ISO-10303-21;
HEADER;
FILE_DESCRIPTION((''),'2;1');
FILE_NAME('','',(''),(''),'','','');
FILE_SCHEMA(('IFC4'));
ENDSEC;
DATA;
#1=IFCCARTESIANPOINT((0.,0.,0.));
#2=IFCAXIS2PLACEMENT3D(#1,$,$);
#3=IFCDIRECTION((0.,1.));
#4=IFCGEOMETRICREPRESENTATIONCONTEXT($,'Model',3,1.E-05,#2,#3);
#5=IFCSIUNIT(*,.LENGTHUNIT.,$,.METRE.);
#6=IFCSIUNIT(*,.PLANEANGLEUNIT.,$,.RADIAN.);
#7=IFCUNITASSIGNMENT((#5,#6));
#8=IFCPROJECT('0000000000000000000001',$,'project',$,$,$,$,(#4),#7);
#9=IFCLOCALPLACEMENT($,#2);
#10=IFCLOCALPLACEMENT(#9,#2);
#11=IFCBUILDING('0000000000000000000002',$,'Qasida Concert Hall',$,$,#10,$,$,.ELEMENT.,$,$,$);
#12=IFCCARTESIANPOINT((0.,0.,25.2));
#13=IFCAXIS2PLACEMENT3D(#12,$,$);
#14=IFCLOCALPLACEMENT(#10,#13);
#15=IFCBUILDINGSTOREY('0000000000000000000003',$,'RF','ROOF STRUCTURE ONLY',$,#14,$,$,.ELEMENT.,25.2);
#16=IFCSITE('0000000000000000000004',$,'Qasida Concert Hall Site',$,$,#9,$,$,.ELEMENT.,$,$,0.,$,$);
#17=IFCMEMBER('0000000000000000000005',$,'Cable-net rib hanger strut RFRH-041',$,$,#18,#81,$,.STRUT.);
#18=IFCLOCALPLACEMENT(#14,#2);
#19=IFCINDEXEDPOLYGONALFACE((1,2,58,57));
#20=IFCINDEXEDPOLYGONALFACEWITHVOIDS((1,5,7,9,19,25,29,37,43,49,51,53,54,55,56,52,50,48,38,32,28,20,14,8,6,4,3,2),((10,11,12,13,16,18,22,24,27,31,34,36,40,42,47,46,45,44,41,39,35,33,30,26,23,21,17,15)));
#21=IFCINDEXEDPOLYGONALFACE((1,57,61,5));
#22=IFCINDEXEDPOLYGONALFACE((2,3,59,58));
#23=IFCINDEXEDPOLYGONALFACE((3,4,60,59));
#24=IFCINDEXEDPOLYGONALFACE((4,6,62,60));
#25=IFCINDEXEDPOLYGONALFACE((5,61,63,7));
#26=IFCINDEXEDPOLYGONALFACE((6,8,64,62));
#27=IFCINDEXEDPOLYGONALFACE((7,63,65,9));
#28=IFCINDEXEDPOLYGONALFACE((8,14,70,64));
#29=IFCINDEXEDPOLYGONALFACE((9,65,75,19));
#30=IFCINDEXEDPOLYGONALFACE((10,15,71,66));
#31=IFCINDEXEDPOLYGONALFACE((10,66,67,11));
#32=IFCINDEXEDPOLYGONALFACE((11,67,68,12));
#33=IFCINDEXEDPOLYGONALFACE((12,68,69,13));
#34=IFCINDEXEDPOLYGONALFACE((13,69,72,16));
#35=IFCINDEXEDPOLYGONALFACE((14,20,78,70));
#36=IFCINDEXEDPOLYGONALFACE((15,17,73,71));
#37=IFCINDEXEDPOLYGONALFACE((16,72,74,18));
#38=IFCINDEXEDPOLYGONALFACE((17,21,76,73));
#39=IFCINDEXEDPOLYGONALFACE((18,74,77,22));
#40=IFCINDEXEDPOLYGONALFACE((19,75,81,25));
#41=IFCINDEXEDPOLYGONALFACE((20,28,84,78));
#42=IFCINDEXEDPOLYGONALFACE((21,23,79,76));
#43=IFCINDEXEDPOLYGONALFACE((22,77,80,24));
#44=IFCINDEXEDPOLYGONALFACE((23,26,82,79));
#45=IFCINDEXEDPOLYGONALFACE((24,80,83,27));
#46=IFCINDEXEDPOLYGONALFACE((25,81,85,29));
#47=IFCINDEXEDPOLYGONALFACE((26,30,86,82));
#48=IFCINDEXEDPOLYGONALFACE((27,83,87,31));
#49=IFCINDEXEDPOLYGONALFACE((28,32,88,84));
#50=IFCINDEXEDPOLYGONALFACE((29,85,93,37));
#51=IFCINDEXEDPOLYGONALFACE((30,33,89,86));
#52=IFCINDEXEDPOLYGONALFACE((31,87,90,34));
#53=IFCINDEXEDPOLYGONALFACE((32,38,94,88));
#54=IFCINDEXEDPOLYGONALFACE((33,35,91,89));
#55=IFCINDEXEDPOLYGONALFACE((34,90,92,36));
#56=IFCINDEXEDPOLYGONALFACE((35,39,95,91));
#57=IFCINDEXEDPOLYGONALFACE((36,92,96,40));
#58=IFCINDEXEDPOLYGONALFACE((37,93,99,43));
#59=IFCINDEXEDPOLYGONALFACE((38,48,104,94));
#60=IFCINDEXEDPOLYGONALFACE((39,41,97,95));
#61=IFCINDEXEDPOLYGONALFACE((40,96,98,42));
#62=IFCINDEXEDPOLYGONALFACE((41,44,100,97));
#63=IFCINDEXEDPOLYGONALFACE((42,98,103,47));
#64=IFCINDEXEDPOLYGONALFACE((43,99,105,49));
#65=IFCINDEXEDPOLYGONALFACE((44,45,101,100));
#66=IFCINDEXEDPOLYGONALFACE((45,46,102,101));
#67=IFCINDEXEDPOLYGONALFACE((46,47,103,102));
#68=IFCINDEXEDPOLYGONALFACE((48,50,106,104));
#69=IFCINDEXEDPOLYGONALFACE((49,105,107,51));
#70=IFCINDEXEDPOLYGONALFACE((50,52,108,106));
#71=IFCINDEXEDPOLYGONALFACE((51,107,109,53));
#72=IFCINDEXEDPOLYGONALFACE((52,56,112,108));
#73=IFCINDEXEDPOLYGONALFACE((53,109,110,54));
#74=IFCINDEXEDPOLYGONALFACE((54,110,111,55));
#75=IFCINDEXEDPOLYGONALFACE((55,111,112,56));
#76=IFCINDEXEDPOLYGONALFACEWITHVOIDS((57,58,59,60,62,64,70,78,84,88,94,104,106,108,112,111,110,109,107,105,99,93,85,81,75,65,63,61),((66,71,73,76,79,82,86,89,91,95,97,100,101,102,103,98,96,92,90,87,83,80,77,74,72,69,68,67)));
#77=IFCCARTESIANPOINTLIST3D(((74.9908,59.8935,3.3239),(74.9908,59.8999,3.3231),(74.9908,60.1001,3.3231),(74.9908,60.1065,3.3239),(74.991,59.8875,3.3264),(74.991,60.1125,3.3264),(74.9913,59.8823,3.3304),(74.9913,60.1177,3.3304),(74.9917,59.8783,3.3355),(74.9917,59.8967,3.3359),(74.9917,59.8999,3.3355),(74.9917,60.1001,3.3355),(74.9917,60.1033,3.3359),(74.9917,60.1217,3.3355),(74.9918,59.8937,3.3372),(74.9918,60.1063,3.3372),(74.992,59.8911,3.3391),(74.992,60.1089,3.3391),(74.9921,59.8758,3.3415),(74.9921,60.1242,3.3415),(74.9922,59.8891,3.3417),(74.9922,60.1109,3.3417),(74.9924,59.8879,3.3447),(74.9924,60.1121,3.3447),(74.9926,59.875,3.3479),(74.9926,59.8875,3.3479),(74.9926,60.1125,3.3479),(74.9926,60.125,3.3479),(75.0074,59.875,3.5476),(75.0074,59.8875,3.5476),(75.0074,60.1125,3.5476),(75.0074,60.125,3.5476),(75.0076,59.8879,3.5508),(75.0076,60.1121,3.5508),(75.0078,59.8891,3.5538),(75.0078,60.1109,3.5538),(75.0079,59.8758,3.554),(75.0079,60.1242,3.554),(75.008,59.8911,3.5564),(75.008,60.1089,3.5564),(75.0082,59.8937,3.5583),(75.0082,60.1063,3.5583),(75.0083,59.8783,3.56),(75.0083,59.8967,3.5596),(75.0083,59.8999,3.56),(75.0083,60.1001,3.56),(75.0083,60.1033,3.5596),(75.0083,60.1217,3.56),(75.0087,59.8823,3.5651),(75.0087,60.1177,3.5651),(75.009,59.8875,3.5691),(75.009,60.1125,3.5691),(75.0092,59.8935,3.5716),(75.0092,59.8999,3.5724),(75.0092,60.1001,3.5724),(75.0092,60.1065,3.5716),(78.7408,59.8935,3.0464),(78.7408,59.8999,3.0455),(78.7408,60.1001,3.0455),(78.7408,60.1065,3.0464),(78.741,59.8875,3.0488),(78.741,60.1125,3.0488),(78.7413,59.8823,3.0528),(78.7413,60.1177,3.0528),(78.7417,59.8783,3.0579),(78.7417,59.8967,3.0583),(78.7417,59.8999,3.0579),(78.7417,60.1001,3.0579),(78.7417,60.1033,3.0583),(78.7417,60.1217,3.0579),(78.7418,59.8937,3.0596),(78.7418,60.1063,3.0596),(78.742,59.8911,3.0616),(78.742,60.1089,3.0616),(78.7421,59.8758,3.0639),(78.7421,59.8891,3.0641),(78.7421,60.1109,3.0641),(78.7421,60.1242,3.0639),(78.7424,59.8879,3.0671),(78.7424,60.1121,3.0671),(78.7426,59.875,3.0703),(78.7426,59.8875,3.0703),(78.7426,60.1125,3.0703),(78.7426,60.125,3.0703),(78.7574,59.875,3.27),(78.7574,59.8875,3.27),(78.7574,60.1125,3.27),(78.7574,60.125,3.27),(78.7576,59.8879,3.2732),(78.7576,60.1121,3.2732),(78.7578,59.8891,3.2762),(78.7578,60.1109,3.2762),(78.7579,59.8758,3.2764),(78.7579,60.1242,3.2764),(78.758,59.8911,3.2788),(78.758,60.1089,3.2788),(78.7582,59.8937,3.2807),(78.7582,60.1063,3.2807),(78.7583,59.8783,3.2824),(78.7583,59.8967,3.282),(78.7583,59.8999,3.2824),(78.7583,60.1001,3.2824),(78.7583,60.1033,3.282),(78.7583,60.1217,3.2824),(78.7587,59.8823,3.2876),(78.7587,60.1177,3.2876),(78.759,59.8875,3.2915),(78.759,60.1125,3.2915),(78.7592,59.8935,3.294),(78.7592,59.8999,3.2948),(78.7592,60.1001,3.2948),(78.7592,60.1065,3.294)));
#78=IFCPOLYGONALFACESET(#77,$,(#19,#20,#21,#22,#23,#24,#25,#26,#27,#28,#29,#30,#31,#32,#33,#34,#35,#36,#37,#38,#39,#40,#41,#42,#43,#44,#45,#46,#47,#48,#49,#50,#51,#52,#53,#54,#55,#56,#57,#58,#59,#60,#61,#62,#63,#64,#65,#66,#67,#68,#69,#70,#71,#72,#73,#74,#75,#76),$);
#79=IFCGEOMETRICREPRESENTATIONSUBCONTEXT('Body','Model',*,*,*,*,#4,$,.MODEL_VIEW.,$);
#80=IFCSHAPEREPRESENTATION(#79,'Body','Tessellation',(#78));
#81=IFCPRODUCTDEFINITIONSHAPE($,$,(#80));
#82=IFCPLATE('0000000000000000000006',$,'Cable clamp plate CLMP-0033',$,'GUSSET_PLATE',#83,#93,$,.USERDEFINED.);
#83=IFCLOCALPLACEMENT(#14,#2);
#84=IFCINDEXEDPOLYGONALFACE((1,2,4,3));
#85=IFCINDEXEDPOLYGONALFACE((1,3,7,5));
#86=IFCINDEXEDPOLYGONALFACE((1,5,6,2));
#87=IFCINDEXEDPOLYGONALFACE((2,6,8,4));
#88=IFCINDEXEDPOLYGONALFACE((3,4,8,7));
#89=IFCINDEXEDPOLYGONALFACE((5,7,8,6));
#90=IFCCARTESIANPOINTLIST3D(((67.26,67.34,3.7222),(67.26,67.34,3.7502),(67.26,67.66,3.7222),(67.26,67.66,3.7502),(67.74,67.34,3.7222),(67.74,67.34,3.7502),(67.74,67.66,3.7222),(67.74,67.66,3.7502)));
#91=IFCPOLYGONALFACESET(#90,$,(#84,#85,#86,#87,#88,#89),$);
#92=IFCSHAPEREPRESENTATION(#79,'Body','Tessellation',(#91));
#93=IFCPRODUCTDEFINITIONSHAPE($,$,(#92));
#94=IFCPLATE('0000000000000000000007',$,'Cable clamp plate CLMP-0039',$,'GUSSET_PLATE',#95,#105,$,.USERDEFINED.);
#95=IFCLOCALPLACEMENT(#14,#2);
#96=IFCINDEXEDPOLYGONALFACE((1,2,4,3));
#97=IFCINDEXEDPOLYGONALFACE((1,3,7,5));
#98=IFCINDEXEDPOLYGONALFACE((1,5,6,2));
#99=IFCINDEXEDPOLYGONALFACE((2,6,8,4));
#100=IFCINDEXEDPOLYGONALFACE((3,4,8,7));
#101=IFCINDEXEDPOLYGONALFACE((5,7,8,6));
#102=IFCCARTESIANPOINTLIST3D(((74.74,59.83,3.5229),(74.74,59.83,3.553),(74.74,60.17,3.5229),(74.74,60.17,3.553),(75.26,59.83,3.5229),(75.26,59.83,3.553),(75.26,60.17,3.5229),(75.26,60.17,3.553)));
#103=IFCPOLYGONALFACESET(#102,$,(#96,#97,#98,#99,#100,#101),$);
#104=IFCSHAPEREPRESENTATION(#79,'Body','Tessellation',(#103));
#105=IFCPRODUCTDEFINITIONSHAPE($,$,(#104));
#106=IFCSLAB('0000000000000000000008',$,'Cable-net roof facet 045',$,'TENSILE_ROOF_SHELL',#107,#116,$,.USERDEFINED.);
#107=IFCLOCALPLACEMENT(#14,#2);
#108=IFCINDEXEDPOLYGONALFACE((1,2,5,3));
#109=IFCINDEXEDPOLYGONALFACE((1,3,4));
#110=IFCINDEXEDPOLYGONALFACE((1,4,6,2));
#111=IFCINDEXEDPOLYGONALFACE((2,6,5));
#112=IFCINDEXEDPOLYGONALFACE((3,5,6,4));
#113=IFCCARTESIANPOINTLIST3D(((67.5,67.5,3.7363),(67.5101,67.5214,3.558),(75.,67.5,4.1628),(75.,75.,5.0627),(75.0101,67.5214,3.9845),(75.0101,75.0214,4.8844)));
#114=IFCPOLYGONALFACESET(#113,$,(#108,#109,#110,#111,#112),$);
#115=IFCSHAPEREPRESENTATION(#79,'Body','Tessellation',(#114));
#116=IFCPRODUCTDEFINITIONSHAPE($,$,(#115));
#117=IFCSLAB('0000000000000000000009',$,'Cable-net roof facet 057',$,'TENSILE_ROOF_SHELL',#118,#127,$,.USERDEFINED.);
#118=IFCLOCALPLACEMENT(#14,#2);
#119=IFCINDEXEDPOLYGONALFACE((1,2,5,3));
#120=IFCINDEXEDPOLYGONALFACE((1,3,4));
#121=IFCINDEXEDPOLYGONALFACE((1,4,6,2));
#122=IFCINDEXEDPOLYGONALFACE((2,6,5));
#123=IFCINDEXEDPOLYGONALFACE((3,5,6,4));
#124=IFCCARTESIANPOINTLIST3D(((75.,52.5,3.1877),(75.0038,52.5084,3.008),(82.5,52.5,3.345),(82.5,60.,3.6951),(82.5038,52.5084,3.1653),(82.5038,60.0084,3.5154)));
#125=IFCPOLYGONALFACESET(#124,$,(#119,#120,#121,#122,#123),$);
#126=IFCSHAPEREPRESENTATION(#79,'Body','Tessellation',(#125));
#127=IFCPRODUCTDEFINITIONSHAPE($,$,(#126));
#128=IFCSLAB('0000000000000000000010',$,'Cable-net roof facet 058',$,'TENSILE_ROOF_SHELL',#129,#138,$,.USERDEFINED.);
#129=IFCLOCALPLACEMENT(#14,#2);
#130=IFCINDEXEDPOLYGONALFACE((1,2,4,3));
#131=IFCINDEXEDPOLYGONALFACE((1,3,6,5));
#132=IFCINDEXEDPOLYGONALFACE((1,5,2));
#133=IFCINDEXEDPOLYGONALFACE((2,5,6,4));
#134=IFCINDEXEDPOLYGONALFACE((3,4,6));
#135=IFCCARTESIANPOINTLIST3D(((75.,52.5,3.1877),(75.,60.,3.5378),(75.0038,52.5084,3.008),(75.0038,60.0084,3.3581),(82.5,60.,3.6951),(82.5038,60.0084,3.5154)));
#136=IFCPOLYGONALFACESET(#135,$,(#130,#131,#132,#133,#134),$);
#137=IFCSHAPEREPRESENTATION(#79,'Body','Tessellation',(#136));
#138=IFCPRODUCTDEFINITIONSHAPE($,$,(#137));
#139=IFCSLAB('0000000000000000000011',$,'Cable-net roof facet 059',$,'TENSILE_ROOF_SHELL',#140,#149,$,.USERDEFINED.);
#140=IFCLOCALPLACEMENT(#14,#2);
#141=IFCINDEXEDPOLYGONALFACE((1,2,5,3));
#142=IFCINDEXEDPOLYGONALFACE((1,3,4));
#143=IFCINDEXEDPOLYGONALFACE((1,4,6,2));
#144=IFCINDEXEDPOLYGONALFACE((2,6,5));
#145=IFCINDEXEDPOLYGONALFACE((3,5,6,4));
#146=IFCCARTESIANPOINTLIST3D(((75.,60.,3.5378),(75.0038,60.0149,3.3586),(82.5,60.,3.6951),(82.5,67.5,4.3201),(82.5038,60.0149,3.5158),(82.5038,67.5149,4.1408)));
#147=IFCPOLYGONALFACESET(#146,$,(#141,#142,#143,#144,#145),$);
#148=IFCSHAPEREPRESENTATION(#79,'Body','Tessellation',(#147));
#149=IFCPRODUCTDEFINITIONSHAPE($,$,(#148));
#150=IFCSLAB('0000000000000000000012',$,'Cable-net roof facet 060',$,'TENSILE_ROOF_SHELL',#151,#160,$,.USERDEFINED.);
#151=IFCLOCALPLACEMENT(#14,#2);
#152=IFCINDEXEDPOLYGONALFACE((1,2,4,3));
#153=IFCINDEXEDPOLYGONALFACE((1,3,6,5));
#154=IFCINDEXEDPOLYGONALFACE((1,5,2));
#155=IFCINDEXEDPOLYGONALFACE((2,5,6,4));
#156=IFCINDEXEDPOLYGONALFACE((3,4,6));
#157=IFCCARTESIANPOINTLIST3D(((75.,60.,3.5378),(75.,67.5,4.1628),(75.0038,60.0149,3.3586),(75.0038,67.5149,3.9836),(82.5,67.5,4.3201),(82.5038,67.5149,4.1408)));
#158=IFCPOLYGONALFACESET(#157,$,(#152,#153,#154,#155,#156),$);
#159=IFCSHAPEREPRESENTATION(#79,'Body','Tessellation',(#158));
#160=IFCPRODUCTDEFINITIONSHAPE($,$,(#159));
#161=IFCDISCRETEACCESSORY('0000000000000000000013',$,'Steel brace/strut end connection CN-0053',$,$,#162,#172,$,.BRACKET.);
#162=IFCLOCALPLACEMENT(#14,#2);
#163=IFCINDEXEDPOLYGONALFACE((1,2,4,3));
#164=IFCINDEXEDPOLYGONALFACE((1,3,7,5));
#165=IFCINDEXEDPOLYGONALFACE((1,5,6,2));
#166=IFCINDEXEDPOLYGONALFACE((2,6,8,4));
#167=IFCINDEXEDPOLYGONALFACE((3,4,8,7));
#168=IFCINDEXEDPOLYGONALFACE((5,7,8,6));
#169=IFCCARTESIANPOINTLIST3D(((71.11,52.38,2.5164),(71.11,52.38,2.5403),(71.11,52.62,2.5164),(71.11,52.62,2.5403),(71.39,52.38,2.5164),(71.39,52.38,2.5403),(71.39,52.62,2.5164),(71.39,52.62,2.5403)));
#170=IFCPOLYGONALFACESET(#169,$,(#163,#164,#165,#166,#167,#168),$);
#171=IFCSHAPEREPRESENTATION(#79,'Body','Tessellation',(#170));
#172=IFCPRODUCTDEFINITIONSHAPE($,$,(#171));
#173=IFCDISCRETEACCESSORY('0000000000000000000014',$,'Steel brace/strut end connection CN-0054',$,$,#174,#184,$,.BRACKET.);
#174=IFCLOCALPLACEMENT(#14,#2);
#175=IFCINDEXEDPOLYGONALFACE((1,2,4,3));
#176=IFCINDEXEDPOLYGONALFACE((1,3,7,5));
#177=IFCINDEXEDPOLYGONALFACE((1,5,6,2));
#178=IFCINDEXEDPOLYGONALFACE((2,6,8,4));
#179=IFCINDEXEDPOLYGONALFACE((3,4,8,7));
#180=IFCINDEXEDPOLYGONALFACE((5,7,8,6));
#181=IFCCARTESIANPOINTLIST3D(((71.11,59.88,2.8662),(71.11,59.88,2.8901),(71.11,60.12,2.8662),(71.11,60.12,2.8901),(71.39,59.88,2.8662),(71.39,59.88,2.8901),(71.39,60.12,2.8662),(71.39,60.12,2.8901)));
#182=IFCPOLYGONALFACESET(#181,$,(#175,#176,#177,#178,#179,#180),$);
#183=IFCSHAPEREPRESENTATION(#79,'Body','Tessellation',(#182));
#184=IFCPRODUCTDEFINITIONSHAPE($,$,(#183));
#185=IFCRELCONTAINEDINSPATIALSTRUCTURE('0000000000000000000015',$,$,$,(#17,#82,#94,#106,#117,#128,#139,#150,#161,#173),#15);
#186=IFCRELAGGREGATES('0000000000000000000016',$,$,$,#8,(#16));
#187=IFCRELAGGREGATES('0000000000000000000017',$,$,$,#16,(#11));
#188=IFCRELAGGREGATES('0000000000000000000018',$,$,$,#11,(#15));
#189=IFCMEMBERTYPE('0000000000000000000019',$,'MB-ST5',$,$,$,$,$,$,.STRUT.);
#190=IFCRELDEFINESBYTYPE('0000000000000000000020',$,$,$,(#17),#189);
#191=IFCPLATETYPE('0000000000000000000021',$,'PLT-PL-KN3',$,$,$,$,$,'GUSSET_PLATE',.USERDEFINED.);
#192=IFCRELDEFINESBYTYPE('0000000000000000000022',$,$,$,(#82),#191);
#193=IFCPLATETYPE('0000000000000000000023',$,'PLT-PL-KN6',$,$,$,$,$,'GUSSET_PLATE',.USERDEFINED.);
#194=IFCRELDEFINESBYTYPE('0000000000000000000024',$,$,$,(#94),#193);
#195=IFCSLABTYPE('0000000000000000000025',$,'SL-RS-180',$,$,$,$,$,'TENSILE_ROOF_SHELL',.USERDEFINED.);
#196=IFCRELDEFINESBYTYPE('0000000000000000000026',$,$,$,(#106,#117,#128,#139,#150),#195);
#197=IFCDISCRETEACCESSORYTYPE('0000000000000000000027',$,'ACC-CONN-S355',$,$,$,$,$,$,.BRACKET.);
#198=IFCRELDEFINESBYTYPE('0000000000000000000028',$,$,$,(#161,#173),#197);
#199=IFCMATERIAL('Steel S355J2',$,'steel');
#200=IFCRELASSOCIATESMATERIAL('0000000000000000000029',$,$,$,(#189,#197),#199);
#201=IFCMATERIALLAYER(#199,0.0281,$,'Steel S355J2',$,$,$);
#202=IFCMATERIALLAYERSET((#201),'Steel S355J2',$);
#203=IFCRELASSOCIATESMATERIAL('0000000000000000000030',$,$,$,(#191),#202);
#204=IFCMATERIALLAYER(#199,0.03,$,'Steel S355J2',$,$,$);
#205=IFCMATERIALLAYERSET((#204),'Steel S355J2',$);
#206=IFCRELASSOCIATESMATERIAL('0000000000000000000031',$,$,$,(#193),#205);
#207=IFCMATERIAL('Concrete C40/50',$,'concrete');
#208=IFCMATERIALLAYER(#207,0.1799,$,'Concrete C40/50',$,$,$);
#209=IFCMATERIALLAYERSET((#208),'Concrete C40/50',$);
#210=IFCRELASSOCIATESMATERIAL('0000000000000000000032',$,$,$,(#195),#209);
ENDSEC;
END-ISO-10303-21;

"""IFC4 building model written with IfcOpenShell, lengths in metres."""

from ifc_helpers import new_model, si_unit, direction, frame, origin, origin_2d, place, context, subcontext, project, spatial, polyline, rectangle, hollow_rectangle, outline, extrude, material, layer, layer_set, material_profile, profile_set, type_object, element, save


model = new_model("IFC4")

# Units and contexts
model_context = context("Model", 3, precision=1e-05, world=origin(), true_north=direction((0.0, 1.0)))
body_context = subcontext(model_context, "Body", "Model", "MODEL_VIEW")
ifc_project = project(units=[si_unit("LENGTHUNIT", "METRE"), si_unit("PLANEANGLEUNIT", "RADIAN")], contexts=[model_context])

# Site, building, storey
site_placement = place(None, origin())
site = spatial("IfcSite", under=ifc_project, at=site_placement, Name="Qasida Concert Hall Site", CompositionType="ELEMENT", RefElevation=0.0)
building_placement = place(site_placement, origin())
building = spatial("IfcBuilding", under=site, at=building_placement, Name="Qasida Concert Hall", CompositionType="ELEMENT")
storey_placement = place(building_placement, frame((0.0, 0.0, 25.2)))
storey = spatial("IfcBuildingStorey", under=building, at=storey_placement, Name="RF", Description="ROOF STRUCTURE ONLY", CompositionType="ELEMENT", Elevation=25.2)

# Member
ifc_material_1 = material(Name="Steel S355J2", Category="steel")
ifc_material_profile_1 = material_profile(ifc_material_1, hollow_rectangle(XDim=0.25, YDim=0.25, WallThickness=0.0125, InnerFilletRadius=0.0125, OuterFilletRadius=0.0249, at=origin_2d()), Name="SHS 250x250x12.5")
ifc_profile_set_1 = profile_set([ifc_material_profile_1], Name="Steel S355J2")
member_type_1 = type_object("IfcMemberType", Name="MB-ST5", PredefinedType="STRUT", material=ifc_profile_set_1)
for number, where, z_axis, x_axis, name in (
    (1, (75.0, 60.0, 3.4478), (0.997271, 0.0, -0.073821), (0.0, 1.0, 0.0), "Cable-net rib hanger strut RFRH-041"),
):
    element("IfcMember", number, at=place(storey_placement, frame(where, z_axis=z_axis, x_axis=x_axis)), inside=storey, type_object=member_type_1, Name=name, PredefinedType="STRUT", context=body_context, shape_type="SweptSolid", body=[
        extrude(hollow_rectangle(XDim=0.25, YDim=0.25, WallThickness=0.0125, InnerFilletRadius=0.0125, OuterFilletRadius=0.0249, at=origin_2d()), origin(), (0.0, 0.0, 1.0), 3.7603),
    ])

# Plates
ifc_layer_1 = layer(ifc_material_1, 0.0281, Name="Steel S355J2")
ifc_layer_set_1 = layer_set([ifc_layer_1], Name="Steel S355J2")
plate_type_1 = type_object("IfcPlateType", Name="PLT-PL-KN3", ElementType="GUSSET_PLATE", PredefinedType="USERDEFINED", material=ifc_layer_set_1)
plate_1_placement = place(storey_placement, frame((67.5, 67.5, 3.7222), z_axis=(0.0, 0.0, 1.0), x_axis=(1.0, 0.0, 0.0)))
element("IfcPlate", 2, at=plate_1_placement, inside=storey, type_object=plate_type_1, Name="Cable clamp plate CLMP-0033", ObjectType="GUSSET_PLATE", PredefinedType="USERDEFINED", context=body_context, shape_type="SweptSolid", body=[
    extrude(rectangle(XDim=0.48, YDim=0.3201, at=origin_2d()), origin(), (0.0, 0.0, 1.0), 0.0281),
])
ifc_layer_2 = layer(ifc_material_1, 0.03, Name="Steel S355J2")
ifc_layer_set_2 = layer_set([ifc_layer_2], Name="Steel S355J2")
plate_type_2 = type_object("IfcPlateType", Name="PLT-PL-KN6", ElementType="GUSSET_PLATE", PredefinedType="USERDEFINED", material=ifc_layer_set_2)
plate_2_placement = place(storey_placement, frame((75.0, 60.0, 3.5229), z_axis=(0.0, 0.0, 1.0), x_axis=(1.0, 0.0, 0.0)))
element("IfcPlate", 3, at=plate_2_placement, inside=storey, type_object=plate_type_2, Name="Cable clamp plate CLMP-0039", ObjectType="GUSSET_PLATE", PredefinedType="USERDEFINED", context=body_context, shape_type="SweptSolid", body=[
    extrude(rectangle(XDim=0.52, YDim=0.3401, at=origin_2d()), origin(), (0.0, 0.0, 1.0), 0.03),
])

# Slabs
ifc_material_2 = material(Name="Concrete C40/50", Category="concrete")
ifc_layer_3 = layer(ifc_material_2, 0.1799, Name="Concrete C40/50")
ifc_layer_set_3 = layer_set([ifc_layer_3], Name="Concrete C40/50")
slab_type = type_object("IfcSlabType", Name="SL-RS-180", ElementType="TENSILE_ROOF_SHELL", PredefinedType="USERDEFINED", material=ifc_layer_set_3)
slab_1_placement = place(storey_placement, frame((67.5, 67.5, 3.7363), z_axis=(-0.056374, -0.118943, 0.991299), x_axis=(0.998387, 0.0, 0.056777)))
element("IfcSlab", 4, at=slab_1_placement, inside=storey, type_object=slab_type, Name="Cable-net roof facet 045", ObjectType="TENSILE_ROOF_SHELL", PredefinedType="USERDEFINED", context=body_context, shape_type="SweptSolid", body=[
    extrude(outline(polyline([(0.0, 0.0), (7.5121, 0.0), (7.5632, 7.5536), (0.0, 0.0)])), origin(), (0.0, 0.0, -1.0), 0.1799),
])
slab_2_placement = place(storey_placement, frame((75.0, 52.5, 3.1877), z_axis=(-0.020936, -0.046619, 0.998693), x_axis=(0.99978, 0.0, 0.020959)))
element("IfcSlab", 5, at=slab_2_placement, inside=storey, type_object=slab_type, Name="Cable-net roof facet 057", ObjectType="TENSILE_ROOF_SHELL", PredefinedType="USERDEFINED", context=body_context, shape_type="SweptSolid", body=[
    extrude(outline(polyline([(0.0, 0.0), (7.5016, 0.0), (7.509, 7.5082), (0.0, 0.0)])), origin(), (0.0, 0.0, -1.0), 0.1799),
])
slab_3_placement = place(storey_placement, frame((75.0, 52.5, 3.1877), z_axis=(-0.020936, -0.046619, 0.998693), x_axis=(0.706299, 0.706299, 0.047776)))
element("IfcSlab", 6, at=slab_3_placement, inside=storey, type_object=slab_type, Name="Cable-net roof facet 058", ObjectType="TENSILE_ROOF_SHELL", PredefinedType="USERDEFINED", context=body_context, shape_type="SweptSolid", body=[
    extrude(outline(polyline([(0.0, 0.0), (10.6187, 0.0), (5.314, 5.3042), (0.0, 0.0)])), origin(), (0.0, 0.0, -1.0), 0.1799),
])
slab_4_placement = place(storey_placement, frame((75.0, 60.0, 3.5378), z_axis=(-0.020887, -0.083027, 0.996328), x_axis=(0.99978, 0.0, 0.020959)))
element("IfcSlab", 7, at=slab_4_placement, inside=storey, type_object=slab_type, Name="Cable-net roof facet 059", ObjectType="TENSILE_ROOF_SHELL", PredefinedType="USERDEFINED", context=body_context, shape_type="SweptSolid", body=[
    extrude(outline(polyline([(0.0, 0.0), (7.5016, 0.0), (7.5147, 7.526), (0.0, 0.0)])), origin(), (0.0, 0.0, -1.0), 0.1799),
])
slab_5_placement = place(storey_placement, frame((75.0, 60.0, 3.5378), z_axis=(-0.020887, -0.083027, 0.996328), x_axis=(0.705192, 0.705192, 0.073549)))
element("IfcSlab", 8, at=slab_5_placement, inside=storey, type_object=slab_type, Name="Cable-net roof facet 060", ObjectType="TENSILE_ROOF_SHELL", PredefinedType="USERDEFINED", context=body_context, shape_type="SweptSolid", body=[
    extrude(outline(polyline([(0.0, 0.0), (10.6354, 0.0), (5.3349, 5.3084), (0.0, 0.0)])), origin(), (0.0, 0.0, -1.0), 0.1799),
])

# Discrete accessories
discrete_accessory_type = type_object("IfcDiscreteAccessoryType", Name="ACC-CONN-S355", PredefinedType="BRACKET", material=ifc_material_1)
for number, where, z_axis, x_axis, name in (
    (9, (71.25, 52.5, 2.5164), (0.0, 0.0, 1.0), (1.0, 0.0, 0.0), "Steel brace/strut end connection CN-0053"),
    (10, (71.25, 60.0, 2.8662), (0.0, 0.0, 1.0), (1.0, 0.0, 0.0), "Steel brace/strut end connection CN-0054"),
):
    element("IfcDiscreteAccessory", number, at=place(storey_placement, frame(where, z_axis=z_axis, x_axis=x_axis)), inside=storey, type_object=discrete_accessory_type, Name=name, PredefinedType="BRACKET", context=body_context, shape_type="SweptSolid", body=[
        extrude(rectangle(XDim=0.28, YDim=0.24, at=origin_2d()), origin(), (0.0, 0.0, 1.0), 0.0239),
    ])

save(model, "model.ifc")
